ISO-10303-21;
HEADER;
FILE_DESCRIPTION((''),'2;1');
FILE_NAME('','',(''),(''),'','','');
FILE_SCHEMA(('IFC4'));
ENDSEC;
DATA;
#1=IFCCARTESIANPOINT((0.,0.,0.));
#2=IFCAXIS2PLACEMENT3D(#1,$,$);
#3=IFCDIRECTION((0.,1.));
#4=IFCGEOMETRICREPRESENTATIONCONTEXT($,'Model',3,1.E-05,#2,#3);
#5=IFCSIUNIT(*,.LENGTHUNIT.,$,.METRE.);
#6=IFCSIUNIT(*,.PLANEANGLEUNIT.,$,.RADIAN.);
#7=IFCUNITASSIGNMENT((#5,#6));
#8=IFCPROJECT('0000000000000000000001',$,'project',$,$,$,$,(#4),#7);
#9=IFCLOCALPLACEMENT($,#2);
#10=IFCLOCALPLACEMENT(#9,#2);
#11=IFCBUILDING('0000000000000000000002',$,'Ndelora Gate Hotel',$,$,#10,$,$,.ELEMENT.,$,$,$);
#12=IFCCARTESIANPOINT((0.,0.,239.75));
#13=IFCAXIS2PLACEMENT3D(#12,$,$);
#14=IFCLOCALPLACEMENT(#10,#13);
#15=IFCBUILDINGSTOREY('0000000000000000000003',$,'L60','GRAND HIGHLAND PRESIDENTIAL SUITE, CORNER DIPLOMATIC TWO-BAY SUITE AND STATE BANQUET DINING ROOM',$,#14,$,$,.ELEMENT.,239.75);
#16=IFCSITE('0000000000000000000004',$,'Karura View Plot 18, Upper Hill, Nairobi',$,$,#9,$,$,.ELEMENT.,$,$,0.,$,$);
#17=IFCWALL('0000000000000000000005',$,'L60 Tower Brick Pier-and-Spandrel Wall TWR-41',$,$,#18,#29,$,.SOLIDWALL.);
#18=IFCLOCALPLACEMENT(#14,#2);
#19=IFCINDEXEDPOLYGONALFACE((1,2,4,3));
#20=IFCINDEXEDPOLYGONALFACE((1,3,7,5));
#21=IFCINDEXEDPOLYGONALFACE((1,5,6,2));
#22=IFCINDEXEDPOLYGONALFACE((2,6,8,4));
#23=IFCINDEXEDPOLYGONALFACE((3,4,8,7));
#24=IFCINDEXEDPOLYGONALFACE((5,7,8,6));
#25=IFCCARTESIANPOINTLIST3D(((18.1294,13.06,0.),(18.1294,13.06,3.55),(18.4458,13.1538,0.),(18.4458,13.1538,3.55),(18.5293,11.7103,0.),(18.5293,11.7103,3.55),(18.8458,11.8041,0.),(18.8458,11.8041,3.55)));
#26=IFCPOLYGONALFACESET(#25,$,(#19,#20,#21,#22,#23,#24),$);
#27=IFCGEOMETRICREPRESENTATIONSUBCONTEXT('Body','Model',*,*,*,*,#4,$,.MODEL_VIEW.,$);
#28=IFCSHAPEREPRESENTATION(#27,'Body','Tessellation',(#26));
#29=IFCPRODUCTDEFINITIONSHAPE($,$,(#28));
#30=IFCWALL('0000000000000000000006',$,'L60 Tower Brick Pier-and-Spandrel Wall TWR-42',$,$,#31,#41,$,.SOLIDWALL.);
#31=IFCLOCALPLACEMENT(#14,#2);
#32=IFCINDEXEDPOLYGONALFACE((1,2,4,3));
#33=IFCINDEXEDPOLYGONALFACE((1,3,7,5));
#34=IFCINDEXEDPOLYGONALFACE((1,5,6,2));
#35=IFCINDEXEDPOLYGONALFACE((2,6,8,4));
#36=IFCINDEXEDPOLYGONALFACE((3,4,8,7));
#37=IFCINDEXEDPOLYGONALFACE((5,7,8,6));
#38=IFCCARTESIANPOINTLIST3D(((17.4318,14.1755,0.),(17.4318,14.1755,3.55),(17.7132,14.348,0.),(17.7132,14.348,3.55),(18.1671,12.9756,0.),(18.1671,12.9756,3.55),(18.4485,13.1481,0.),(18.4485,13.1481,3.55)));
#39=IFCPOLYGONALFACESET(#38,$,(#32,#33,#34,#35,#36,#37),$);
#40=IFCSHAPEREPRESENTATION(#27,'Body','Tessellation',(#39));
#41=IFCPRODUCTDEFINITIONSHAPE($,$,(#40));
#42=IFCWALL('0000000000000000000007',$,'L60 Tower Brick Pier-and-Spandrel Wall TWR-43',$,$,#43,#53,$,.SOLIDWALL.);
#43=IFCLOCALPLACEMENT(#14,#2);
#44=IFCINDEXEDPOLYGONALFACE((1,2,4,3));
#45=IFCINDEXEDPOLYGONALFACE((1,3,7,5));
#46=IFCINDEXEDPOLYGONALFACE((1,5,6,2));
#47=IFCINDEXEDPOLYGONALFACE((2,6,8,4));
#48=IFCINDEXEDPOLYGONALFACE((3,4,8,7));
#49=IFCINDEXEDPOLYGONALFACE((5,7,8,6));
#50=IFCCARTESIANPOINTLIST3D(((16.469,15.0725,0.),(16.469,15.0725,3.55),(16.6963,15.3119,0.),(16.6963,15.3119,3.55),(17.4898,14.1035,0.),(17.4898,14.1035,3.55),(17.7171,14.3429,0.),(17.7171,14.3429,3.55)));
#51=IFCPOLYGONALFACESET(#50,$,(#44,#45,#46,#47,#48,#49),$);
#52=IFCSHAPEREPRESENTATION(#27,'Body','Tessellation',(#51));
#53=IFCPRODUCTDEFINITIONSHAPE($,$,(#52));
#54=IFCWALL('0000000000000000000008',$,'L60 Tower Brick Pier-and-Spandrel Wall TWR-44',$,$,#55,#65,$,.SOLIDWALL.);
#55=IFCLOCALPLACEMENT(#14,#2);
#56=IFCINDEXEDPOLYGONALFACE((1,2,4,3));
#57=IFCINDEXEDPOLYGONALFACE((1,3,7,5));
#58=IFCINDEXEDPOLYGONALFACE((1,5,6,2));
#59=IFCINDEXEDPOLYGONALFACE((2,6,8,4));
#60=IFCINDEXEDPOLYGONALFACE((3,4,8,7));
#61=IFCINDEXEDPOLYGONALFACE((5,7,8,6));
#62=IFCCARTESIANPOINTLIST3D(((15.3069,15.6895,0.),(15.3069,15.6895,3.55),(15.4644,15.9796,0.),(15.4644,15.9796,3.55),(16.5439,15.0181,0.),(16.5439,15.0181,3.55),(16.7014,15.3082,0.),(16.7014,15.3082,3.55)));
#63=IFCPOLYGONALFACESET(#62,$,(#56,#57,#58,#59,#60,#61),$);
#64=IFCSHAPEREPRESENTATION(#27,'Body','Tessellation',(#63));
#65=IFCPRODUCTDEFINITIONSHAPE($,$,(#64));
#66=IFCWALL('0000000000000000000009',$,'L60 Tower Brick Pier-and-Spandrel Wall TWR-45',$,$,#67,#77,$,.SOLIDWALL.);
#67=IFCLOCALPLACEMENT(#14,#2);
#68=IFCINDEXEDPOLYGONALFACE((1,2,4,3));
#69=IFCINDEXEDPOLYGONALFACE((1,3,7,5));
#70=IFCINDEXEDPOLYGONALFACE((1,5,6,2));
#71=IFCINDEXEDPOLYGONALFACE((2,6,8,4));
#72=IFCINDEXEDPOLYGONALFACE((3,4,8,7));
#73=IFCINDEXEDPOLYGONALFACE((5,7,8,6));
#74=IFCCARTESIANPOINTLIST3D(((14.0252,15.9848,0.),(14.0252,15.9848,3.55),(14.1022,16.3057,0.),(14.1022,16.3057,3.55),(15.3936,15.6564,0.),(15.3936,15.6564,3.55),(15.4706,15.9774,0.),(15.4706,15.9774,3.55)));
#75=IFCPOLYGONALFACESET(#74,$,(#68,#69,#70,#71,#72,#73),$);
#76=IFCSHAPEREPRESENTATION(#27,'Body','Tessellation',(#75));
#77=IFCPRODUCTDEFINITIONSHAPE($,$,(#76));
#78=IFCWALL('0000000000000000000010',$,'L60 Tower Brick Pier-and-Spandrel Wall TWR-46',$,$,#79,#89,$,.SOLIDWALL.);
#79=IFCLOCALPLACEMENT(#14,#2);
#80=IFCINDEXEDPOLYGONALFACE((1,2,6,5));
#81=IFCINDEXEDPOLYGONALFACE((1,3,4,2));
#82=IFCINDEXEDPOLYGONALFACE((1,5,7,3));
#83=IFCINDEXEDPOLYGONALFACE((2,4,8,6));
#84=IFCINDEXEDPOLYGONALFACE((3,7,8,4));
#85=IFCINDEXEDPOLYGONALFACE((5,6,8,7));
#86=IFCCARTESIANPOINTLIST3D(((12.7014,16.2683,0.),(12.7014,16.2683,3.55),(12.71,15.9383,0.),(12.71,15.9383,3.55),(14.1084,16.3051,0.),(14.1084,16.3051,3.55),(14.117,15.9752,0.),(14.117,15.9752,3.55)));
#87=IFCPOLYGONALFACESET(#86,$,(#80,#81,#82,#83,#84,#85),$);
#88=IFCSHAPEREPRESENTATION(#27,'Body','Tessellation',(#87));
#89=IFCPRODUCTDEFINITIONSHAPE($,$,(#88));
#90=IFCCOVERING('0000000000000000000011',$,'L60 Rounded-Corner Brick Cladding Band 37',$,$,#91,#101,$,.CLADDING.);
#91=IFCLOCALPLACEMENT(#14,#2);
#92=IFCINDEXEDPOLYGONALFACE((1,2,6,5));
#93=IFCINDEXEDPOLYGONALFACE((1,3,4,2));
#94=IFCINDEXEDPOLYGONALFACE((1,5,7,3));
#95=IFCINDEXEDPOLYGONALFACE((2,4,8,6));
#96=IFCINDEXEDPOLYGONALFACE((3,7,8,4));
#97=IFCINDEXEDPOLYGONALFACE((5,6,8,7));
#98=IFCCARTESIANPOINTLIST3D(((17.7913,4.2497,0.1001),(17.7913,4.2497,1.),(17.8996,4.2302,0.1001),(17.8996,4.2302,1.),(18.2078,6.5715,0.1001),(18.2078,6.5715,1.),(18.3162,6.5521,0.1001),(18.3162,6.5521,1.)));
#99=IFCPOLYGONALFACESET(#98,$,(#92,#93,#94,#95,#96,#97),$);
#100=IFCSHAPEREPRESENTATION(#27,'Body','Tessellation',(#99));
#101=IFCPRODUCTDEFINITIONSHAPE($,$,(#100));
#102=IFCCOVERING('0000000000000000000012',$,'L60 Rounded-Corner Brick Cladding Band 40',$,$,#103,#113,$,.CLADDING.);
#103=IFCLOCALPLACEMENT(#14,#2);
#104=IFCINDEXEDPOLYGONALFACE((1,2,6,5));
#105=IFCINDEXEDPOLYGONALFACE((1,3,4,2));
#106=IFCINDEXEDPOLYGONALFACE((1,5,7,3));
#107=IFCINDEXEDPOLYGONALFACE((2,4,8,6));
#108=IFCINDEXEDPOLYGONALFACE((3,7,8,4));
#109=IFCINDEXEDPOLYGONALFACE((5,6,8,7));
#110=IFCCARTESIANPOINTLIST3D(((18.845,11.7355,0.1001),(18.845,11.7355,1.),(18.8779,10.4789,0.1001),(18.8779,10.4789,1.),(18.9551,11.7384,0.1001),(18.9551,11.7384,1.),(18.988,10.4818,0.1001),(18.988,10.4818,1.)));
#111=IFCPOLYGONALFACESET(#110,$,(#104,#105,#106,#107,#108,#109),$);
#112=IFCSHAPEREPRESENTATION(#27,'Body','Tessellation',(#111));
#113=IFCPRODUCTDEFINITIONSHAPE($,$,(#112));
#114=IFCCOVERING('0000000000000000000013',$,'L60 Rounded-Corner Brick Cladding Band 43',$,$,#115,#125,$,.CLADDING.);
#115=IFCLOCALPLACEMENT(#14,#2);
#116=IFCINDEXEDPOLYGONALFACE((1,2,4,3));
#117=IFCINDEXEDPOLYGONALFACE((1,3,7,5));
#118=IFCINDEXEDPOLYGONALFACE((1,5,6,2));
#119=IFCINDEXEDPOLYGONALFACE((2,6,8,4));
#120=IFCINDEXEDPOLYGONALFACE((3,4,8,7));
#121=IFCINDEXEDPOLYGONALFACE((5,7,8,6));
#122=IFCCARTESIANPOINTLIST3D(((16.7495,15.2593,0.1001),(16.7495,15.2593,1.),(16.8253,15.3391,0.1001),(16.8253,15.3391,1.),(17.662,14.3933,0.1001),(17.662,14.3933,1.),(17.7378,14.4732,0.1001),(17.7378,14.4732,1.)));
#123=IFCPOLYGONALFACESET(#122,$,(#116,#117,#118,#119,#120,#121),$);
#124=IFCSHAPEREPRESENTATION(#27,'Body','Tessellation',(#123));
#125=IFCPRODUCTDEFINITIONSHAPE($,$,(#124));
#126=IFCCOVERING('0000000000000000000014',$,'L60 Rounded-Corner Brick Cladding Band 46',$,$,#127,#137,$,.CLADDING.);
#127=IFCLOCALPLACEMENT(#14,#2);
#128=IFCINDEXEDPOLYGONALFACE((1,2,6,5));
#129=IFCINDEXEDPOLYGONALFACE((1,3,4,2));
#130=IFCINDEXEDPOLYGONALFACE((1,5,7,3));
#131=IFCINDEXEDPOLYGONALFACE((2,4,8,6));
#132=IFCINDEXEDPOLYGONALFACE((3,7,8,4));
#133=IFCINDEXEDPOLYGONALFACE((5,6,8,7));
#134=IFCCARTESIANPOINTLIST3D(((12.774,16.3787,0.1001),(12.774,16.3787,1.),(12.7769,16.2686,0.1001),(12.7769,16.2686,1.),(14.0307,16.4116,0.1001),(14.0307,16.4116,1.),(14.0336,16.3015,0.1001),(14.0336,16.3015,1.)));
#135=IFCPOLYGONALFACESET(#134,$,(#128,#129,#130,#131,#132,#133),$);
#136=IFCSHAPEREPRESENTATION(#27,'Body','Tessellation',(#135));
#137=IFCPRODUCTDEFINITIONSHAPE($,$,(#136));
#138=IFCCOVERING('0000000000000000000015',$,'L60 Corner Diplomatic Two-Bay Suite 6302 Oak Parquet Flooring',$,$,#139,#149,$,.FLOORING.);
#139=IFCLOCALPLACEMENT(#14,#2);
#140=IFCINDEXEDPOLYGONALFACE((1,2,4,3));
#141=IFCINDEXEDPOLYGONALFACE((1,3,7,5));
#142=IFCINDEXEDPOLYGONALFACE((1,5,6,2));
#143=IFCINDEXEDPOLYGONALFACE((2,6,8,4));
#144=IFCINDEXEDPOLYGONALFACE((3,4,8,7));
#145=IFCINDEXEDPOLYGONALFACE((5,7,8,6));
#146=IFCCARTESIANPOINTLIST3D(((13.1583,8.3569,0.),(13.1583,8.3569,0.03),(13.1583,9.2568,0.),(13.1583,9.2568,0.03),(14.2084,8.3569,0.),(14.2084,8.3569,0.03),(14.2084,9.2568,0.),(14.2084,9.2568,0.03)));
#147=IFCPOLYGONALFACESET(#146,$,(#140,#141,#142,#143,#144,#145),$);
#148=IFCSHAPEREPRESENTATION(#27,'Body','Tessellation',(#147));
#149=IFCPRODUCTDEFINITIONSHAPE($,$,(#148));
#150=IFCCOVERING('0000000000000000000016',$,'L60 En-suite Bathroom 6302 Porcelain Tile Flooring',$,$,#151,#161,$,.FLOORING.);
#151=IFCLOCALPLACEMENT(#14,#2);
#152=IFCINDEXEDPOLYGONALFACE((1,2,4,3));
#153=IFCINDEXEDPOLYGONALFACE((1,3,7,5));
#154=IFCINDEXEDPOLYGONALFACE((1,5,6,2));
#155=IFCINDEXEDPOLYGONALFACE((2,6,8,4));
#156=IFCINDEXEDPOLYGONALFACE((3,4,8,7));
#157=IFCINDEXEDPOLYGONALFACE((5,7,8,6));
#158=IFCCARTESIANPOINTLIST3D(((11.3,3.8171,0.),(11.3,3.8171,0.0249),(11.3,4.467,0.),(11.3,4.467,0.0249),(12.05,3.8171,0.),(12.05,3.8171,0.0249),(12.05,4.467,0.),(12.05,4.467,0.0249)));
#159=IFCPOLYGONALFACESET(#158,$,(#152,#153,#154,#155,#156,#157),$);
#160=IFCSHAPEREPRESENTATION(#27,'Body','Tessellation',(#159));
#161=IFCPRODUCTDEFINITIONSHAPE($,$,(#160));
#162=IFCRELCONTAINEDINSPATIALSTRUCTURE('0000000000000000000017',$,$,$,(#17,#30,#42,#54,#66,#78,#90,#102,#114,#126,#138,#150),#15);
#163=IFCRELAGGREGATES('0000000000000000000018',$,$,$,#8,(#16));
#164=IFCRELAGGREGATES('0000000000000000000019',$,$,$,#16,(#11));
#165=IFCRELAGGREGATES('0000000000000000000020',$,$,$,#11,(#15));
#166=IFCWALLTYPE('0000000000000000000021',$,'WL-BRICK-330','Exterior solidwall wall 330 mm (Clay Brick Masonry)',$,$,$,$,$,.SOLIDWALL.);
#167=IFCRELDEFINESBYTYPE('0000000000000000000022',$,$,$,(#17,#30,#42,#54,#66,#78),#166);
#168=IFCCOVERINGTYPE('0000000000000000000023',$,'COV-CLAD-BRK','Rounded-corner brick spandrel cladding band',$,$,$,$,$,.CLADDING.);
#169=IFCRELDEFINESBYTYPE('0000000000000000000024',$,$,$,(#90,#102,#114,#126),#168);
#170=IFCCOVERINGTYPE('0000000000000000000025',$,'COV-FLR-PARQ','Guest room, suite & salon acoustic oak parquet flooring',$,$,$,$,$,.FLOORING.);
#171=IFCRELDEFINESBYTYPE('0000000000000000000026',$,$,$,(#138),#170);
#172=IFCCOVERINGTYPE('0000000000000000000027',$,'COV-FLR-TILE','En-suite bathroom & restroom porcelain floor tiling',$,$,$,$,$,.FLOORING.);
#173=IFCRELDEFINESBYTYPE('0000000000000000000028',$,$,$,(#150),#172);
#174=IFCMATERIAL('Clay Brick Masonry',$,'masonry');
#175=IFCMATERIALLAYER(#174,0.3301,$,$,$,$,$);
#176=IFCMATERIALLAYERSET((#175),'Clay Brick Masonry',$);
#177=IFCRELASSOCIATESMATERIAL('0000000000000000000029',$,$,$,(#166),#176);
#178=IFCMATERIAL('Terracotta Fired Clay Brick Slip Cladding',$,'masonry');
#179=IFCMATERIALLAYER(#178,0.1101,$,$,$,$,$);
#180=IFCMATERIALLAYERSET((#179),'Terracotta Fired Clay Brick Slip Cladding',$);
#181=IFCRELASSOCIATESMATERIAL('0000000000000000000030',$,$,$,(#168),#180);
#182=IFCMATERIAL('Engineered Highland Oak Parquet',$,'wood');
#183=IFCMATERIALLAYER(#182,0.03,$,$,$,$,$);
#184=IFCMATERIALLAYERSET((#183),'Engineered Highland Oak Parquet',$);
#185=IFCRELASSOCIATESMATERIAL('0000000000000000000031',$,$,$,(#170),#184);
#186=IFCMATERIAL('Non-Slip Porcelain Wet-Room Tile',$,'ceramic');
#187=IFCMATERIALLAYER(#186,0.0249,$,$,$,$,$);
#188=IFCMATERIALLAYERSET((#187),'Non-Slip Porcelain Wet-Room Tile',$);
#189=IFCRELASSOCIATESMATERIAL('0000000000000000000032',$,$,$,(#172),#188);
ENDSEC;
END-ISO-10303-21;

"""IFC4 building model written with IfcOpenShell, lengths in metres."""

from ifc_helpers import new_model, si_unit, direction, frame, frame_2d, origin, origin_2d, place, context, subcontext, project, spatial, rectangle, extrude, material, layer, layer_set, type_object, element, save


model = new_model("IFC4")

# Units and contexts
model_context = context("Model", 3, precision=1e-05, world=origin(), true_north=direction((0.0, 1.0)))
body_context = subcontext(model_context, "Body", "Model", "MODEL_VIEW")
ifc_project = project(units=[si_unit("LENGTHUNIT", "METRE"), si_unit("PLANEANGLEUNIT", "RADIAN")], contexts=[model_context])

# Site, building, storey
site_placement = place(None, origin())
site = spatial("IfcSite", under=ifc_project, at=site_placement, Name="Karura View Plot 18, Upper Hill, Nairobi", CompositionType="ELEMENT", RefElevation=0.0)
building_placement = place(site_placement, origin())
building = spatial("IfcBuilding", under=site, at=building_placement, Name="Ndelora Gate Hotel", CompositionType="ELEMENT")
storey_placement = place(building_placement, frame((0.0, 0.0, 239.75)))
storey = spatial("IfcBuildingStorey", under=building, at=storey_placement, Name="L60", Description="GRAND HIGHLAND PRESIDENTIAL SUITE, CORNER DIPLOMATIC TWO-BAY SUITE AND STATE BANQUET DINING ROOM", CompositionType="ELEMENT", Elevation=239.75)

# Shared definitions
ifc_material_1 = material(Name="Clay Brick Masonry", Category="masonry")
ifc_layer_1 = layer(ifc_material_1, 0.3301)
ifc_layer_set_1 = layer_set([ifc_layer_1], Name="Clay Brick Masonry")
wall_type = type_object("IfcWallType", Name="WL-BRICK-330", Description="Exterior solidwall wall 330 mm (Clay Brick Masonry)", PredefinedType="SOLIDWALL", material=ifc_layer_set_1)

# Walls
wall_1_placement = place(storey_placement, frame((18.2876, 13.1069, 0.0), z_axis=(0.0, 0.0, 1.0), x_axis=(0.2841, -0.958795, 0.0)))
element("IfcWall", 1, at=wall_1_placement, inside=storey, type_object=wall_type, Name="L60 Tower Brick Pier-and-Spandrel Wall TWR-41", PredefinedType="SOLIDWALL", context=body_context, shape_type="SweptSolid", body=[
    extrude(rectangle(XDim=1.4077, YDim=0.3301, at=frame_2d((0.7039, 0.0))), origin(), (0.0, 0.0, 1.0), 3.55),
])
wall_2_placement = place(storey_placement, frame((17.5725, 14.2617, 0.0), z_axis=(0.0, 0.0, 1.0), x_axis=(0.522509, -0.852634, 0.0)))
element("IfcWall", 2, at=wall_2_placement, inside=storey, type_object=wall_type, Name="L60 Tower Brick Pier-and-Spandrel Wall TWR-42", PredefinedType="SOLIDWALL", context=body_context, shape_type="SweptSolid", body=[
    extrude(rectangle(XDim=1.4072, YDim=0.3301, at=frame_2d((0.7036, 0.0))), origin(), (0.0, 0.0, 1.0), 3.55),
])
for number, where, z_axis, x_axis, name in (
    (3, (16.5828, 15.1921, 0.0), (0.0, 0.0, 1.0), (0.725255, -0.68848, 0.0), "L60 Tower Brick Pier-and-Spandrel Wall TWR-43"),
    (4, (15.3857, 15.8345, 0.0), (0.0, 0.0, 1.0), (0.878901, -0.477004, 0.0), "L60 Tower Brick Pier-and-Spandrel Wall TWR-44"),
):
    element("IfcWall", number, at=place(storey_placement, frame(where, z_axis=z_axis, x_axis=x_axis)), inside=storey, type_object=wall_type, Name=name, PredefinedType="SOLIDWALL", context=body_context, shape_type="SweptSolid", body=[
        extrude(rectangle(XDim=1.4075, YDim=0.3301, at=frame_2d((0.7036, 0.0))), origin(), (0.0, 0.0, 1.0), 3.55),
    ])
wall_3_placement = place(storey_placement, frame((14.0637, 16.1453, 0.0), z_axis=(0.0, 0.0, 1.0), x_axis=(0.972395, -0.23334, 0.0)))
element("IfcWall", 5, at=wall_3_placement, inside=storey, type_object=wall_type, Name="L60 Tower Brick Pier-and-Spandrel Wall TWR-45", PredefinedType="SOLIDWALL", context=body_context, shape_type="SweptSolid", body=[
    extrude(rectangle(XDim=1.4072, YDim=0.3301, at=frame_2d((0.7036, 0.0))), origin(), (0.0, 0.0, 1.0), 3.55),
])
wall_4_placement = place(storey_placement, frame((12.7058, 16.1033, 0.0), z_axis=(0.0, 0.0, 1.0), x_axis=(0.999657, 0.026193, 0.0)))
element("IfcWall", 6, at=wall_4_placement, inside=storey, type_object=wall_type, Name="L60 Tower Brick Pier-and-Spandrel Wall TWR-46", PredefinedType="SOLIDWALL", context=body_context, shape_type="SweptSolid", body=[
    extrude(rectangle(XDim=1.4075, YDim=0.3301, at=frame_2d((0.7036, 0.0))), origin(), (0.0, 0.0, 1.0), 3.55),
])

# Coverings
ifc_material_2 = material(Name="Terracotta Fired Clay Brick Slip Cladding", Category="masonry")
ifc_layer_2 = layer(ifc_material_2, 0.1101)
ifc_layer_set_2 = layer_set([ifc_layer_2], Name="Terracotta Fired Clay Brick Slip Cladding")
covering_type_1 = type_object("IfcCoveringType", Name="COV-CLAD-BRK", Description="Rounded-corner brick spandrel cladding band", PredefinedType="CLADDING", material=ifc_layer_set_2)
covering_1_placement = place(storey_placement, frame((18.0537, 5.4009, 0.1001), z_axis=(0.0, 0.0, 1.0), x_axis=(0.176569, 0.984288, 0.0)))
element("IfcCovering", 7, at=covering_1_placement, inside=storey, type_object=covering_type_1, Name="L60 Rounded-Corner Brick Cladding Band 37", PredefinedType="CLADDING", context=body_context, shape_type="SweptSolid", body=[
    extrude(rectangle(XDim=2.3589, YDim=0.1101, at=origin_2d()), origin(), (0.0, 0.0, 1.0), 0.8999),
])
covering_2_placement = place(storey_placement, frame((18.9165, 11.1086, 0.1001), z_axis=(0.0, 0.0, 1.0), x_axis=(-0.026177, 0.999657, 0.0)))
element("IfcCovering", 8, at=covering_2_placement, inside=storey, type_object=covering_type_1, Name="L60 Rounded-Corner Brick Cladding Band 40", PredefinedType="CLADDING", context=body_context, shape_type="SweptSolid", body=[
    extrude(rectangle(XDim=1.2571, YDim=0.1101, at=origin_2d()), origin(), (0.0, 0.0, 1.0), 0.8999),
])
covering_3_placement = place(storey_placement, frame((17.2437, 14.8662, 0.1001), z_axis=(0.0, 0.0, 1.0), x_axis=(-0.725374, 0.688355, 0.0)))
element("IfcCovering", 9, at=covering_3_placement, inside=storey, type_object=covering_type_1, Name="L60 Rounded-Corner Brick Cladding Band 43", PredefinedType="CLADDING", context=body_context, shape_type="SweptSolid", body=[
    extrude(rectangle(XDim=1.2581, YDim=0.1101, at=origin_2d()), origin(), (0.0, 0.0, 1.0), 0.8999),
])
covering_4_placement = place(storey_placement, frame((13.4038, 16.3401, 0.1001), z_axis=(0.0, 0.0, 1.0), x_axis=(0.999657, 0.026177, 0.0)))
element("IfcCovering", 10, at=covering_4_placement, inside=storey, type_object=covering_type_1, Name="L60 Rounded-Corner Brick Cladding Band 46", PredefinedType="CLADDING", context=body_context, shape_type="SweptSolid", body=[
    extrude(rectangle(XDim=1.2571, YDim=0.1101, at=origin_2d()), origin(), (0.0, 0.0, 1.0), 0.8999),
])
ifc_material_3 = material(Name="Engineered Highland Oak Parquet", Category="wood")
ifc_layer_3 = layer(ifc_material_3, 0.03)
ifc_layer_set_3 = layer_set([ifc_layer_3], Name="Engineered Highland Oak Parquet")
covering_type_2 = type_object("IfcCoveringType", Name="COV-FLR-PARQ", Description="Guest room, suite & salon acoustic oak parquet flooring", PredefinedType="FLOORING", material=ifc_layer_set_3)
covering_5_placement = place(storey_placement, frame((13.6833, 8.8069, 0.0), z_axis=(0.0, 0.0, 1.0), x_axis=(1.0, 0.0, 0.0)))
element("IfcCovering", 11, at=covering_5_placement, inside=storey, type_object=covering_type_2, Name="L60 Corner Diplomatic Two-Bay Suite 6302 Oak Parquet Flooring", PredefinedType="FLOORING", context=body_context, shape_type="SweptSolid", body=[
    extrude(rectangle(XDim=1.05, YDim=0.8999, at=origin_2d()), origin(), (0.0, 0.0, 1.0), 0.03),
])
ifc_material_4 = material(Name="Non-Slip Porcelain Wet-Room Tile", Category="ceramic")
ifc_layer_4 = layer(ifc_material_4, 0.0249)
ifc_layer_set_4 = layer_set([ifc_layer_4], Name="Non-Slip Porcelain Wet-Room Tile")
covering_type_3 = type_object("IfcCoveringType", Name="COV-FLR-TILE", Description="En-suite bathroom & restroom porcelain floor tiling", PredefinedType="FLOORING", material=ifc_layer_set_4)
covering_6_placement = place(storey_placement, frame((11.675, 4.1421, 0.0), z_axis=(0.0, 0.0, 1.0), x_axis=(1.0, 0.0, 0.0)))
element("IfcCovering", 12, at=covering_6_placement, inside=storey, type_object=covering_type_3, Name="L60 En-suite Bathroom 6302 Porcelain Tile Flooring", PredefinedType="FLOORING", context=body_context, shape_type="SweptSolid", body=[
    extrude(rectangle(XDim=0.75, YDim=0.6499, at=origin_2d()), origin(), (0.0, 0.0, 1.0), 0.0249),
])

save(model, "model.ifc")
